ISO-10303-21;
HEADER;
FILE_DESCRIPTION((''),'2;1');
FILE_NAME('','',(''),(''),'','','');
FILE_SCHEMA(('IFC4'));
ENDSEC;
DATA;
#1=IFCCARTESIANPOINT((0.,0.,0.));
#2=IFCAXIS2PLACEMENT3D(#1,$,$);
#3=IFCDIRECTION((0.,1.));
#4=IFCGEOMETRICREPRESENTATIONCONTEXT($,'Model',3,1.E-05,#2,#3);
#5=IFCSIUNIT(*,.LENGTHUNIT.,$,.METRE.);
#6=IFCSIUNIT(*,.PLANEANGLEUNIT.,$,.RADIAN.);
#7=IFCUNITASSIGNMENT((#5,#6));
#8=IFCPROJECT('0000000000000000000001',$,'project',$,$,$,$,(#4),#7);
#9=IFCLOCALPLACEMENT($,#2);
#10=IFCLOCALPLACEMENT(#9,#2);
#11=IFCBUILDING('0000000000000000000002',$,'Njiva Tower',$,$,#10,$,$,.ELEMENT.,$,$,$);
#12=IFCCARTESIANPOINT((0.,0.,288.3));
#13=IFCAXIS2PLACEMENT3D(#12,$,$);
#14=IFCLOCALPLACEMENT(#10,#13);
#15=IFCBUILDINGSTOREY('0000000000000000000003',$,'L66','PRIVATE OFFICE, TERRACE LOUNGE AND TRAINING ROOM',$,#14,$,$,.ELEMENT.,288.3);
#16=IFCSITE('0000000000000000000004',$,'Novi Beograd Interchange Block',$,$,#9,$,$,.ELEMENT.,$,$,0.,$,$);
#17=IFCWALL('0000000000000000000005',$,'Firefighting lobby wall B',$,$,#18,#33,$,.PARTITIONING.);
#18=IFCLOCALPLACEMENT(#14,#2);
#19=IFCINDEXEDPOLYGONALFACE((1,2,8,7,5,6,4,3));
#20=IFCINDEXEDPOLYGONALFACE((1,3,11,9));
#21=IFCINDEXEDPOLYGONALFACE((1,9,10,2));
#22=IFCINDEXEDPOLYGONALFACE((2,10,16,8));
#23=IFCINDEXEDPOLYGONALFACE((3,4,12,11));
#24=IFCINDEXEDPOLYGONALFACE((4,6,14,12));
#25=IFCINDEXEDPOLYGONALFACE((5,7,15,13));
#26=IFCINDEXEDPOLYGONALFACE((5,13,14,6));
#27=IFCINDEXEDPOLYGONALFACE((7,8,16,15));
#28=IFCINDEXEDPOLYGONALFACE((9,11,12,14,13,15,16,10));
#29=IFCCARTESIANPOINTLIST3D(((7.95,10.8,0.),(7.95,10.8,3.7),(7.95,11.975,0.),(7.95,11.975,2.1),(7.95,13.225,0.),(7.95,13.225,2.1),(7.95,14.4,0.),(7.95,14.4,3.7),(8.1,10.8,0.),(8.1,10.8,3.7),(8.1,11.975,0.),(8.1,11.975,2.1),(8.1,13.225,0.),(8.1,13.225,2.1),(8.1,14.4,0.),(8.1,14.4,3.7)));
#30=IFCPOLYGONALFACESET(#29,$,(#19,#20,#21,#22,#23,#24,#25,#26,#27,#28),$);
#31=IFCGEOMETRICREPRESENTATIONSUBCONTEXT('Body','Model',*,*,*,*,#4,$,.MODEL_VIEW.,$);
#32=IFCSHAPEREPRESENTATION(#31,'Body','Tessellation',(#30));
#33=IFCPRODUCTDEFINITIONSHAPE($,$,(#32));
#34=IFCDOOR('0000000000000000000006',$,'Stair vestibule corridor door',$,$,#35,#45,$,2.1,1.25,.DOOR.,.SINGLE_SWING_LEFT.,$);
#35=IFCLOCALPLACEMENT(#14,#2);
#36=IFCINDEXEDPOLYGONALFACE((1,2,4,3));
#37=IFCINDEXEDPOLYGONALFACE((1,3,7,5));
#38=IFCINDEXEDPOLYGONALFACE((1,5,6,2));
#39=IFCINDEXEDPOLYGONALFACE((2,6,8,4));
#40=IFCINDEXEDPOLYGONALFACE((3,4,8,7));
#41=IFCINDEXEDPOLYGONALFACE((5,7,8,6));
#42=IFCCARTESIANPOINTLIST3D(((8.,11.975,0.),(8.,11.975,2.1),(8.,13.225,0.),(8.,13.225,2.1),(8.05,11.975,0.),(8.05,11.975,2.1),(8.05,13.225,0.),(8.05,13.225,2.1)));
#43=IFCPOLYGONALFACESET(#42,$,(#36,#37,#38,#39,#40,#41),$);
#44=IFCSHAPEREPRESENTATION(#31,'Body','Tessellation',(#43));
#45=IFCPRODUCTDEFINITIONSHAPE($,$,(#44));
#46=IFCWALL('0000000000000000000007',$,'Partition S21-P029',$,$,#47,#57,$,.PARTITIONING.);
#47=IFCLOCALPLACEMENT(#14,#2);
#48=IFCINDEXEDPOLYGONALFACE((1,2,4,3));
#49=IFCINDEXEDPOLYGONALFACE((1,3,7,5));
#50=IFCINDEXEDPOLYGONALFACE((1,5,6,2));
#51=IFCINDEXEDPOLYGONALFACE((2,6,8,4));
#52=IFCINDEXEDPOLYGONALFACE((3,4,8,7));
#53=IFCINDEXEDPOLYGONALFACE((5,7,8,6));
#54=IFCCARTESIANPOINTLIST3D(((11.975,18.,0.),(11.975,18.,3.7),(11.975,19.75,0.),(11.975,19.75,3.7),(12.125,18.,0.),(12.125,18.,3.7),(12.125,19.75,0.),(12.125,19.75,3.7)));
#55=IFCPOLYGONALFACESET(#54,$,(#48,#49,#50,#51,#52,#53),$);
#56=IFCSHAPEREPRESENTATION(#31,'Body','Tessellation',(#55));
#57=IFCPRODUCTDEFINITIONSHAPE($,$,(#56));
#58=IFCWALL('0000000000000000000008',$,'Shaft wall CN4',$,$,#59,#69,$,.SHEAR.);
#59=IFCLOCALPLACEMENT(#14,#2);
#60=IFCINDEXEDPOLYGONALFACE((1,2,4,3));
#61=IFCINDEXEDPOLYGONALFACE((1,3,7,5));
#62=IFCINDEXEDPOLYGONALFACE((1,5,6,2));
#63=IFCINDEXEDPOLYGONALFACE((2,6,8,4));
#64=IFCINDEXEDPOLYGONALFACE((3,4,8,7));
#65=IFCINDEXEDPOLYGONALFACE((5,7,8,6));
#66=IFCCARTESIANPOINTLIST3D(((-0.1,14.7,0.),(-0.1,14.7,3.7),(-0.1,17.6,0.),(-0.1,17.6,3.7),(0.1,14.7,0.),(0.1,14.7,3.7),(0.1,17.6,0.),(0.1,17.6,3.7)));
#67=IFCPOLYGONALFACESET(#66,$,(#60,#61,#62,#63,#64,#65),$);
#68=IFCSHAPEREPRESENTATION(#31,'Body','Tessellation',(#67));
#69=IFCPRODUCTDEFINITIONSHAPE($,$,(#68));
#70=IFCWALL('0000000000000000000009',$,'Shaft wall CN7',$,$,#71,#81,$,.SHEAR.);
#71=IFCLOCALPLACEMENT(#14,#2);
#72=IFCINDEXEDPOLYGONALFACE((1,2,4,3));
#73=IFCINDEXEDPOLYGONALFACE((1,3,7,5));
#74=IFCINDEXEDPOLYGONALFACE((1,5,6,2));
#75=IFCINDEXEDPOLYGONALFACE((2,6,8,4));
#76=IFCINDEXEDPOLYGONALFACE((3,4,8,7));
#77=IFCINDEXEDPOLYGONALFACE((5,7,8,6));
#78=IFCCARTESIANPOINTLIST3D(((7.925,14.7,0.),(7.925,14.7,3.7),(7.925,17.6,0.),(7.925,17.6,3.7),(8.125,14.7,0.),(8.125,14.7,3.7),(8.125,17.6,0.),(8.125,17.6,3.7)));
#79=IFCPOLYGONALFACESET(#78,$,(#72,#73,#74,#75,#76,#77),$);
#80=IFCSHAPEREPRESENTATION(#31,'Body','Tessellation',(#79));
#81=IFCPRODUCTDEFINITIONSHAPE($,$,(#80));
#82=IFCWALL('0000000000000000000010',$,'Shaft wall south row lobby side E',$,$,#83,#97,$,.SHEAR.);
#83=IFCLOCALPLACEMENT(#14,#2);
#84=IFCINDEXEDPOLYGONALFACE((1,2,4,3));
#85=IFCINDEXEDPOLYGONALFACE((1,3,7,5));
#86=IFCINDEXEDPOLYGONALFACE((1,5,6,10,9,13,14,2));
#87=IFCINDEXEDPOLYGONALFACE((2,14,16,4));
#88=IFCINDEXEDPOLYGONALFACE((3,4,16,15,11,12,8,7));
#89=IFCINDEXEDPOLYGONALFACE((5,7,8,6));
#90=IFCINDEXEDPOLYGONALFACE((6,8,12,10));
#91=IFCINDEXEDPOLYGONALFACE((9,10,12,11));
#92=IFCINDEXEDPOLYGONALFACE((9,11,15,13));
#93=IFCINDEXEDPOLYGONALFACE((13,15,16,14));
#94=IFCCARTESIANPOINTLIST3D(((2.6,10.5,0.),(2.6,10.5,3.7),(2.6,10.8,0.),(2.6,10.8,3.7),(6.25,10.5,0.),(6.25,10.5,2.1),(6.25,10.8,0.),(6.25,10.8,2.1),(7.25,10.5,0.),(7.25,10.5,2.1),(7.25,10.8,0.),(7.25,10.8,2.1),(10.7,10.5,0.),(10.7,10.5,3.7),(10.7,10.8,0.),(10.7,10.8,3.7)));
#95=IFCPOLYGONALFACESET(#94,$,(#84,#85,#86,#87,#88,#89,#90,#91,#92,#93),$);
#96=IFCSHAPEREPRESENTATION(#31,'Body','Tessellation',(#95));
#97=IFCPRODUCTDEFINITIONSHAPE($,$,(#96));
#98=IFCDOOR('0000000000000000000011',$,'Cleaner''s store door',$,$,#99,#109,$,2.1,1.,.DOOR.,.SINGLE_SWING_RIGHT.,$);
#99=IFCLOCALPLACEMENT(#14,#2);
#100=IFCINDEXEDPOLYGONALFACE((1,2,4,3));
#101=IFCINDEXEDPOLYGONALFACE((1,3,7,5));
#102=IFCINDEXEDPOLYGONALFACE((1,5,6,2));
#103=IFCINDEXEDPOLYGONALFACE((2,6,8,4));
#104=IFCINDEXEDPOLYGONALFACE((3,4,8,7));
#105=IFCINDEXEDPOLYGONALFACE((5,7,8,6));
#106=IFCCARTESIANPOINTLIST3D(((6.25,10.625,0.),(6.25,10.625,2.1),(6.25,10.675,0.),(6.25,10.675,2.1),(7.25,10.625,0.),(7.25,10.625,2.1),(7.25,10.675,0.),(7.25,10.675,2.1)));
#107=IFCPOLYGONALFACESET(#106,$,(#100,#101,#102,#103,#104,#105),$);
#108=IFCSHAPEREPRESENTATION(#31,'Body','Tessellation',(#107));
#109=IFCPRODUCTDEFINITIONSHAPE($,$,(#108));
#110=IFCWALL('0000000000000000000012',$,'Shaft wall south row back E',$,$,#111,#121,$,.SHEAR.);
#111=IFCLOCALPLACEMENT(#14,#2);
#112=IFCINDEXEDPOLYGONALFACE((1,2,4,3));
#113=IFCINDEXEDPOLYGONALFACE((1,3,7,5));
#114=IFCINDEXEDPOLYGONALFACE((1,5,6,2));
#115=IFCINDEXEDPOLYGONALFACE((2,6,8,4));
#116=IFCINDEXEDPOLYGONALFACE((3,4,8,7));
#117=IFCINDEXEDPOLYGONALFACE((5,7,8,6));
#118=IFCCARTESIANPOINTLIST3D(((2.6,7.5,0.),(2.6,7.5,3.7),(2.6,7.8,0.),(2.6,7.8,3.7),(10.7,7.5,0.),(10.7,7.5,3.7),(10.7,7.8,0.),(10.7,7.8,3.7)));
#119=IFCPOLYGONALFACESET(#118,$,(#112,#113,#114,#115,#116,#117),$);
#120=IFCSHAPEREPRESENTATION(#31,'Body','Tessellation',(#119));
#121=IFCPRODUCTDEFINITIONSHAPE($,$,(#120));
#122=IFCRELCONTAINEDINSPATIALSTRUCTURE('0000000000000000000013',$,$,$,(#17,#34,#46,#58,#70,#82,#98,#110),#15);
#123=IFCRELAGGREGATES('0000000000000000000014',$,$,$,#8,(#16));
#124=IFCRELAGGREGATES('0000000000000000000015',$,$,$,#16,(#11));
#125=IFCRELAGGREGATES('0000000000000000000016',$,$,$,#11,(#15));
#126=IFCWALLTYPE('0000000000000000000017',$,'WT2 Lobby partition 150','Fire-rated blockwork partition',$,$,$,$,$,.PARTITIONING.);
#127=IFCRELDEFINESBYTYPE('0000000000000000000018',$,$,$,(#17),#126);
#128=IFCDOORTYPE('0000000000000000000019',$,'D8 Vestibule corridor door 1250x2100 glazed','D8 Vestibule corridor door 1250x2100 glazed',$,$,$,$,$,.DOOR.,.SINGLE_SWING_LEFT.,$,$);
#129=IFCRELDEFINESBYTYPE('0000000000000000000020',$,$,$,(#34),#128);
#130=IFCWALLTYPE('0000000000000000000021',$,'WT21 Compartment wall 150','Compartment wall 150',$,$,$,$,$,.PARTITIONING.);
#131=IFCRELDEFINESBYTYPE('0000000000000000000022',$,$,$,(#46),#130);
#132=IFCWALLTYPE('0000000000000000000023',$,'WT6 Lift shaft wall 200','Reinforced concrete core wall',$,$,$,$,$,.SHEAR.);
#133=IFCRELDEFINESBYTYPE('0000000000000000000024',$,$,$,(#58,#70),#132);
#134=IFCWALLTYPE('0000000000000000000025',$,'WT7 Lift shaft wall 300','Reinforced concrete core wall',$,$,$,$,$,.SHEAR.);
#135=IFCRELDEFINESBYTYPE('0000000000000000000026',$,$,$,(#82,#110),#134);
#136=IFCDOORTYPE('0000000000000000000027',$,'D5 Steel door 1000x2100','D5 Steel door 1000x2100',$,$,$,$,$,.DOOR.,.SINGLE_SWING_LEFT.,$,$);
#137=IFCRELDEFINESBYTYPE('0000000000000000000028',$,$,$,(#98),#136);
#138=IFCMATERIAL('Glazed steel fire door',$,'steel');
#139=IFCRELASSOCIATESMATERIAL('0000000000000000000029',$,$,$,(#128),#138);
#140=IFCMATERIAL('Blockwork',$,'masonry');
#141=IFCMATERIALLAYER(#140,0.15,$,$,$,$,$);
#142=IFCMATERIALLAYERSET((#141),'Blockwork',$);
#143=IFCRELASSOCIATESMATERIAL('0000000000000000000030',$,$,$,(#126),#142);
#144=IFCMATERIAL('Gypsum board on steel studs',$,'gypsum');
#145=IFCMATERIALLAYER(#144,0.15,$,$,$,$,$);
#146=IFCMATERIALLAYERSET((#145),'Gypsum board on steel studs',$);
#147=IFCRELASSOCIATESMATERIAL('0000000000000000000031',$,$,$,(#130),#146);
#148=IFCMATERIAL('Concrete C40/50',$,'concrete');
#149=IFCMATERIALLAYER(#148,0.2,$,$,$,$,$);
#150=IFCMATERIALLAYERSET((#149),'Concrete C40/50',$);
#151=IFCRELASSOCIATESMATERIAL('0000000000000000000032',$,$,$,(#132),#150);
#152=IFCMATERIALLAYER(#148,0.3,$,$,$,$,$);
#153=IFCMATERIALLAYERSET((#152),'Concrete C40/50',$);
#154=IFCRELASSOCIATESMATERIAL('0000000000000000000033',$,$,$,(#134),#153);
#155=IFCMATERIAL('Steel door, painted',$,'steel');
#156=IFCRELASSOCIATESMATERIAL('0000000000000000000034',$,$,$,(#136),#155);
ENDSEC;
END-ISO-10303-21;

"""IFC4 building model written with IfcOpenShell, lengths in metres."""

from ifc_helpers import new_model, si_unit, direction, frame, frame_2d, origin, place, context, subcontext, project, spatial, rectangle, extrude, material, layer, layer_set, type_object, element, fill, save


model = new_model("IFC4")

# Units and contexts
model_context = context("Model", 3, precision=1e-05, world=origin(), true_north=direction((0.0, 1.0)))
body_context = subcontext(model_context, "Body", "Model", "MODEL_VIEW")
ifc_project = project(units=[si_unit("LENGTHUNIT", "METRE"), si_unit("PLANEANGLEUNIT", "RADIAN")], contexts=[model_context])

# Site, building, storey
site_placement = place(None, origin())
site = spatial("IfcSite", under=ifc_project, at=site_placement, Name="Novi Beograd Interchange Block", CompositionType="ELEMENT", RefElevation=0.0)
building_placement = place(site_placement, origin())
building = spatial("IfcBuilding", under=site, at=building_placement, Name="Njiva Tower", CompositionType="ELEMENT")
storey_placement = place(building_placement, frame((0.0, 0.0, 288.3)))
storey = spatial("IfcBuildingStorey", under=building, at=storey_placement, Name="L66", Description="PRIVATE OFFICE, TERRACE LOUNGE AND TRAINING ROOM", CompositionType="ELEMENT", Elevation=288.3)

# Shared definitions
ifc_material_1 = material(Name="Blockwork", Category="masonry")

# Shared definitions
ifc_material_2 = material(Name="Concrete C40/50", Category="concrete")
ifc_material_3 = material(Name="Steel door, painted", Category="steel")
ifc_material_4 = material(Name="Glazed steel fire door", Category="steel")
door_type_1 = type_object("IfcDoorType", Name="D8 Vestibule corridor door 1250x2100 glazed", Description="D8 Vestibule corridor door 1250x2100 glazed", OperationType="SINGLE_SWING_LEFT", PredefinedType="DOOR", material=ifc_material_4)

# Wall, opening, door
ifc_layer_1 = layer(ifc_material_1, 0.15)
ifc_layer_set_1 = layer_set([ifc_layer_1], Name="Blockwork")
wall_type_1 = type_object("IfcWallType", Name="WT2 Lobby partition 150", Description="Fire-rated blockwork partition", PredefinedType="PARTITIONING", material=ifc_layer_set_1)
wall_1_placement = place(storey_placement, frame((8.025, 10.8, 0.0), z_axis=(0.0, 0.0, 1.0), x_axis=(0.0, 1.0, 0.0)))
wall_1 = element("IfcWall", 1, at=wall_1_placement, inside=storey, type_object=wall_type_1, Name="Firefighting lobby wall B", PredefinedType="PARTITIONING", context=body_context, shape_type="SweptSolid", body=[
    extrude(rectangle(XDim=3.6, YDim=0.15, at=frame_2d((1.8, 0.0))), origin(), (0.0, 0.0, 1.0), 3.7),
])
opening_1_placement = place(wall_1_placement, frame((1.175, 0.0, 0.0)))
opening_1 = element("IfcOpeningElement", 2, at=opening_1_placement, cuts=wall_1, PredefinedType="OPENING", context=body_context, shape_type="SweptSolid", body=[
    extrude(rectangle(XDim=1.25, YDim=2.1, at=frame_2d((0.625, 1.05))), frame((0.0, 0.085, 0.0), z_axis=(0.0, -1.0, 0.0), x_axis=(1.0, 0.0, 0.0)), (0.0, 0.0, 1.0), 0.17),
])
door_1_placement = place(opening_1_placement, origin())
door_1 = element("IfcDoor", 3, at=door_1_placement, inside=storey, type_object=door_type_1, Name="Stair vestibule corridor door", OperationType="SINGLE_SWING_LEFT", OverallHeight=2.1, OverallWidth=1.25, PredefinedType="DOOR", context=body_context, shape_type="SweptSolid", body=[
    extrude(rectangle(XDim=1.25, YDim=2.1, at=frame_2d((0.625, 1.05))), frame((0.0, 0.025, 0.0), z_axis=(0.0, -1.0, 0.0), x_axis=(1.0, 0.0, 0.0)), (0.0, 0.0, 1.0), 0.05),
])
fill(opening_1, door_1)

# Walls
ifc_material_5 = material(Name="Gypsum board on steel studs", Category="gypsum")
ifc_layer_2 = layer(ifc_material_5, 0.15)
ifc_layer_set_2 = layer_set([ifc_layer_2], Name="Gypsum board on steel studs")
wall_type_2 = type_object("IfcWallType", Name="WT21 Compartment wall 150", Description="Compartment wall 150", PredefinedType="PARTITIONING", material=ifc_layer_set_2)
wall_2_placement = place(storey_placement, frame((12.05, 18.0, 0.0), z_axis=(0.0, 0.0, 1.0), x_axis=(0.0, 1.0, 0.0)))
element("IfcWall", 4, at=wall_2_placement, inside=storey, type_object=wall_type_2, Name="Partition S21-P029", PredefinedType="PARTITIONING", context=body_context, shape_type="SweptSolid", body=[
    extrude(rectangle(XDim=1.75, YDim=0.15, at=frame_2d((0.875, 0.0))), origin(), (0.0, 0.0, 1.0), 3.7),
])
ifc_layer_3 = layer(ifc_material_2, 0.2)
ifc_layer_set_3 = layer_set([ifc_layer_3], Name="Concrete C40/50")
wall_type_3 = type_object("IfcWallType", Name="WT6 Lift shaft wall 200", Description="Reinforced concrete core wall", PredefinedType="SHEAR", material=ifc_layer_set_3)
for number, where, z_axis, x_axis, name in (
    (5, (0.0, 14.7, 0.0), (0.0, 0.0, 1.0), (0.0, 1.0, 0.0), "Shaft wall CN4"),
    (6, (8.025, 14.7, 0.0), (0.0, 0.0, 1.0), (0.0, 1.0, 0.0), "Shaft wall CN7"),
):
    element("IfcWall", number, at=place(storey_placement, frame(where, z_axis=z_axis, x_axis=x_axis)), inside=storey, type_object=wall_type_3, Name=name, PredefinedType="SHEAR", context=body_context, shape_type="SweptSolid", body=[
        extrude(rectangle(XDim=2.9, YDim=0.2, at=frame_2d((1.45, 0.0))), origin(), (0.0, 0.0, 1.0), 3.7),
    ])

# Wall, opening, door
ifc_layer_4 = layer(ifc_material_2, 0.3)
ifc_layer_set_4 = layer_set([ifc_layer_4], Name="Concrete C40/50")
wall_type_4 = type_object("IfcWallType", Name="WT7 Lift shaft wall 300", Description="Reinforced concrete core wall", PredefinedType="SHEAR", material=ifc_layer_set_4)
wall_3_placement = place(storey_placement, frame((2.6, 10.65, 0.0), z_axis=(0.0, 0.0, 1.0), x_axis=(1.0, 0.0, 0.0)))
wall_3 = element("IfcWall", 7, at=wall_3_placement, inside=storey, type_object=wall_type_4, Name="Shaft wall south row lobby side E", PredefinedType="SHEAR", context=body_context, shape_type="SweptSolid", body=[
    extrude(rectangle(XDim=8.1, YDim=0.3, at=frame_2d((4.05, 0.0))), origin(), (0.0, 0.0, 1.0), 3.7),
])
opening_2_placement = place(wall_3_placement, frame((3.65, 0.0, 0.0)))
opening_2 = element("IfcOpeningElement", 8, at=opening_2_placement, cuts=wall_3, PredefinedType="OPENING", context=body_context, shape_type="SweptSolid", body=[
    extrude(rectangle(XDim=1.0, YDim=2.1, at=frame_2d((0.5, 1.05))), frame((0.0, 0.16, 0.0), z_axis=(0.0, -1.0, 0.0), x_axis=(1.0, 0.0, 0.0)), (0.0, 0.0, 1.0), 0.32),
])
door_type_2 = type_object("IfcDoorType", Name="D5 Steel door 1000x2100", Description="D5 Steel door 1000x2100", OperationType="SINGLE_SWING_LEFT", PredefinedType="DOOR", material=ifc_material_3)
door_2_placement = place(opening_2_placement, origin())
door_2 = element("IfcDoor", 9, at=door_2_placement, inside=storey, type_object=door_type_2, Name="Cleaner's store door", OperationType="SINGLE_SWING_RIGHT", OverallHeight=2.1, OverallWidth=1.0, PredefinedType="DOOR", context=body_context, shape_type="SweptSolid", body=[
    extrude(rectangle(XDim=1.0, YDim=2.1, at=frame_2d((0.5, 1.05))), frame((0.0, 0.025, 0.0), z_axis=(0.0, -1.0, 0.0), x_axis=(1.0, 0.0, 0.0)), (0.0, 0.0, 1.0), 0.05),
])
fill(opening_2, door_2)

# Wall
wall_4_placement = place(storey_placement, frame((2.6, 7.65, 0.0), z_axis=(0.0, 0.0, 1.0), x_axis=(1.0, 0.0, 0.0)))
element("IfcWall", 10, at=wall_4_placement, inside=storey, type_object=wall_type_4, Name="Shaft wall south row back E", PredefinedType="SHEAR", context=body_context, shape_type="SweptSolid", body=[
    extrude(rectangle(XDim=8.1, YDim=0.3, at=frame_2d((4.05, 0.0))), origin(), (0.0, 0.0, 1.0), 3.7),
])

save(model, "model.ifc")
